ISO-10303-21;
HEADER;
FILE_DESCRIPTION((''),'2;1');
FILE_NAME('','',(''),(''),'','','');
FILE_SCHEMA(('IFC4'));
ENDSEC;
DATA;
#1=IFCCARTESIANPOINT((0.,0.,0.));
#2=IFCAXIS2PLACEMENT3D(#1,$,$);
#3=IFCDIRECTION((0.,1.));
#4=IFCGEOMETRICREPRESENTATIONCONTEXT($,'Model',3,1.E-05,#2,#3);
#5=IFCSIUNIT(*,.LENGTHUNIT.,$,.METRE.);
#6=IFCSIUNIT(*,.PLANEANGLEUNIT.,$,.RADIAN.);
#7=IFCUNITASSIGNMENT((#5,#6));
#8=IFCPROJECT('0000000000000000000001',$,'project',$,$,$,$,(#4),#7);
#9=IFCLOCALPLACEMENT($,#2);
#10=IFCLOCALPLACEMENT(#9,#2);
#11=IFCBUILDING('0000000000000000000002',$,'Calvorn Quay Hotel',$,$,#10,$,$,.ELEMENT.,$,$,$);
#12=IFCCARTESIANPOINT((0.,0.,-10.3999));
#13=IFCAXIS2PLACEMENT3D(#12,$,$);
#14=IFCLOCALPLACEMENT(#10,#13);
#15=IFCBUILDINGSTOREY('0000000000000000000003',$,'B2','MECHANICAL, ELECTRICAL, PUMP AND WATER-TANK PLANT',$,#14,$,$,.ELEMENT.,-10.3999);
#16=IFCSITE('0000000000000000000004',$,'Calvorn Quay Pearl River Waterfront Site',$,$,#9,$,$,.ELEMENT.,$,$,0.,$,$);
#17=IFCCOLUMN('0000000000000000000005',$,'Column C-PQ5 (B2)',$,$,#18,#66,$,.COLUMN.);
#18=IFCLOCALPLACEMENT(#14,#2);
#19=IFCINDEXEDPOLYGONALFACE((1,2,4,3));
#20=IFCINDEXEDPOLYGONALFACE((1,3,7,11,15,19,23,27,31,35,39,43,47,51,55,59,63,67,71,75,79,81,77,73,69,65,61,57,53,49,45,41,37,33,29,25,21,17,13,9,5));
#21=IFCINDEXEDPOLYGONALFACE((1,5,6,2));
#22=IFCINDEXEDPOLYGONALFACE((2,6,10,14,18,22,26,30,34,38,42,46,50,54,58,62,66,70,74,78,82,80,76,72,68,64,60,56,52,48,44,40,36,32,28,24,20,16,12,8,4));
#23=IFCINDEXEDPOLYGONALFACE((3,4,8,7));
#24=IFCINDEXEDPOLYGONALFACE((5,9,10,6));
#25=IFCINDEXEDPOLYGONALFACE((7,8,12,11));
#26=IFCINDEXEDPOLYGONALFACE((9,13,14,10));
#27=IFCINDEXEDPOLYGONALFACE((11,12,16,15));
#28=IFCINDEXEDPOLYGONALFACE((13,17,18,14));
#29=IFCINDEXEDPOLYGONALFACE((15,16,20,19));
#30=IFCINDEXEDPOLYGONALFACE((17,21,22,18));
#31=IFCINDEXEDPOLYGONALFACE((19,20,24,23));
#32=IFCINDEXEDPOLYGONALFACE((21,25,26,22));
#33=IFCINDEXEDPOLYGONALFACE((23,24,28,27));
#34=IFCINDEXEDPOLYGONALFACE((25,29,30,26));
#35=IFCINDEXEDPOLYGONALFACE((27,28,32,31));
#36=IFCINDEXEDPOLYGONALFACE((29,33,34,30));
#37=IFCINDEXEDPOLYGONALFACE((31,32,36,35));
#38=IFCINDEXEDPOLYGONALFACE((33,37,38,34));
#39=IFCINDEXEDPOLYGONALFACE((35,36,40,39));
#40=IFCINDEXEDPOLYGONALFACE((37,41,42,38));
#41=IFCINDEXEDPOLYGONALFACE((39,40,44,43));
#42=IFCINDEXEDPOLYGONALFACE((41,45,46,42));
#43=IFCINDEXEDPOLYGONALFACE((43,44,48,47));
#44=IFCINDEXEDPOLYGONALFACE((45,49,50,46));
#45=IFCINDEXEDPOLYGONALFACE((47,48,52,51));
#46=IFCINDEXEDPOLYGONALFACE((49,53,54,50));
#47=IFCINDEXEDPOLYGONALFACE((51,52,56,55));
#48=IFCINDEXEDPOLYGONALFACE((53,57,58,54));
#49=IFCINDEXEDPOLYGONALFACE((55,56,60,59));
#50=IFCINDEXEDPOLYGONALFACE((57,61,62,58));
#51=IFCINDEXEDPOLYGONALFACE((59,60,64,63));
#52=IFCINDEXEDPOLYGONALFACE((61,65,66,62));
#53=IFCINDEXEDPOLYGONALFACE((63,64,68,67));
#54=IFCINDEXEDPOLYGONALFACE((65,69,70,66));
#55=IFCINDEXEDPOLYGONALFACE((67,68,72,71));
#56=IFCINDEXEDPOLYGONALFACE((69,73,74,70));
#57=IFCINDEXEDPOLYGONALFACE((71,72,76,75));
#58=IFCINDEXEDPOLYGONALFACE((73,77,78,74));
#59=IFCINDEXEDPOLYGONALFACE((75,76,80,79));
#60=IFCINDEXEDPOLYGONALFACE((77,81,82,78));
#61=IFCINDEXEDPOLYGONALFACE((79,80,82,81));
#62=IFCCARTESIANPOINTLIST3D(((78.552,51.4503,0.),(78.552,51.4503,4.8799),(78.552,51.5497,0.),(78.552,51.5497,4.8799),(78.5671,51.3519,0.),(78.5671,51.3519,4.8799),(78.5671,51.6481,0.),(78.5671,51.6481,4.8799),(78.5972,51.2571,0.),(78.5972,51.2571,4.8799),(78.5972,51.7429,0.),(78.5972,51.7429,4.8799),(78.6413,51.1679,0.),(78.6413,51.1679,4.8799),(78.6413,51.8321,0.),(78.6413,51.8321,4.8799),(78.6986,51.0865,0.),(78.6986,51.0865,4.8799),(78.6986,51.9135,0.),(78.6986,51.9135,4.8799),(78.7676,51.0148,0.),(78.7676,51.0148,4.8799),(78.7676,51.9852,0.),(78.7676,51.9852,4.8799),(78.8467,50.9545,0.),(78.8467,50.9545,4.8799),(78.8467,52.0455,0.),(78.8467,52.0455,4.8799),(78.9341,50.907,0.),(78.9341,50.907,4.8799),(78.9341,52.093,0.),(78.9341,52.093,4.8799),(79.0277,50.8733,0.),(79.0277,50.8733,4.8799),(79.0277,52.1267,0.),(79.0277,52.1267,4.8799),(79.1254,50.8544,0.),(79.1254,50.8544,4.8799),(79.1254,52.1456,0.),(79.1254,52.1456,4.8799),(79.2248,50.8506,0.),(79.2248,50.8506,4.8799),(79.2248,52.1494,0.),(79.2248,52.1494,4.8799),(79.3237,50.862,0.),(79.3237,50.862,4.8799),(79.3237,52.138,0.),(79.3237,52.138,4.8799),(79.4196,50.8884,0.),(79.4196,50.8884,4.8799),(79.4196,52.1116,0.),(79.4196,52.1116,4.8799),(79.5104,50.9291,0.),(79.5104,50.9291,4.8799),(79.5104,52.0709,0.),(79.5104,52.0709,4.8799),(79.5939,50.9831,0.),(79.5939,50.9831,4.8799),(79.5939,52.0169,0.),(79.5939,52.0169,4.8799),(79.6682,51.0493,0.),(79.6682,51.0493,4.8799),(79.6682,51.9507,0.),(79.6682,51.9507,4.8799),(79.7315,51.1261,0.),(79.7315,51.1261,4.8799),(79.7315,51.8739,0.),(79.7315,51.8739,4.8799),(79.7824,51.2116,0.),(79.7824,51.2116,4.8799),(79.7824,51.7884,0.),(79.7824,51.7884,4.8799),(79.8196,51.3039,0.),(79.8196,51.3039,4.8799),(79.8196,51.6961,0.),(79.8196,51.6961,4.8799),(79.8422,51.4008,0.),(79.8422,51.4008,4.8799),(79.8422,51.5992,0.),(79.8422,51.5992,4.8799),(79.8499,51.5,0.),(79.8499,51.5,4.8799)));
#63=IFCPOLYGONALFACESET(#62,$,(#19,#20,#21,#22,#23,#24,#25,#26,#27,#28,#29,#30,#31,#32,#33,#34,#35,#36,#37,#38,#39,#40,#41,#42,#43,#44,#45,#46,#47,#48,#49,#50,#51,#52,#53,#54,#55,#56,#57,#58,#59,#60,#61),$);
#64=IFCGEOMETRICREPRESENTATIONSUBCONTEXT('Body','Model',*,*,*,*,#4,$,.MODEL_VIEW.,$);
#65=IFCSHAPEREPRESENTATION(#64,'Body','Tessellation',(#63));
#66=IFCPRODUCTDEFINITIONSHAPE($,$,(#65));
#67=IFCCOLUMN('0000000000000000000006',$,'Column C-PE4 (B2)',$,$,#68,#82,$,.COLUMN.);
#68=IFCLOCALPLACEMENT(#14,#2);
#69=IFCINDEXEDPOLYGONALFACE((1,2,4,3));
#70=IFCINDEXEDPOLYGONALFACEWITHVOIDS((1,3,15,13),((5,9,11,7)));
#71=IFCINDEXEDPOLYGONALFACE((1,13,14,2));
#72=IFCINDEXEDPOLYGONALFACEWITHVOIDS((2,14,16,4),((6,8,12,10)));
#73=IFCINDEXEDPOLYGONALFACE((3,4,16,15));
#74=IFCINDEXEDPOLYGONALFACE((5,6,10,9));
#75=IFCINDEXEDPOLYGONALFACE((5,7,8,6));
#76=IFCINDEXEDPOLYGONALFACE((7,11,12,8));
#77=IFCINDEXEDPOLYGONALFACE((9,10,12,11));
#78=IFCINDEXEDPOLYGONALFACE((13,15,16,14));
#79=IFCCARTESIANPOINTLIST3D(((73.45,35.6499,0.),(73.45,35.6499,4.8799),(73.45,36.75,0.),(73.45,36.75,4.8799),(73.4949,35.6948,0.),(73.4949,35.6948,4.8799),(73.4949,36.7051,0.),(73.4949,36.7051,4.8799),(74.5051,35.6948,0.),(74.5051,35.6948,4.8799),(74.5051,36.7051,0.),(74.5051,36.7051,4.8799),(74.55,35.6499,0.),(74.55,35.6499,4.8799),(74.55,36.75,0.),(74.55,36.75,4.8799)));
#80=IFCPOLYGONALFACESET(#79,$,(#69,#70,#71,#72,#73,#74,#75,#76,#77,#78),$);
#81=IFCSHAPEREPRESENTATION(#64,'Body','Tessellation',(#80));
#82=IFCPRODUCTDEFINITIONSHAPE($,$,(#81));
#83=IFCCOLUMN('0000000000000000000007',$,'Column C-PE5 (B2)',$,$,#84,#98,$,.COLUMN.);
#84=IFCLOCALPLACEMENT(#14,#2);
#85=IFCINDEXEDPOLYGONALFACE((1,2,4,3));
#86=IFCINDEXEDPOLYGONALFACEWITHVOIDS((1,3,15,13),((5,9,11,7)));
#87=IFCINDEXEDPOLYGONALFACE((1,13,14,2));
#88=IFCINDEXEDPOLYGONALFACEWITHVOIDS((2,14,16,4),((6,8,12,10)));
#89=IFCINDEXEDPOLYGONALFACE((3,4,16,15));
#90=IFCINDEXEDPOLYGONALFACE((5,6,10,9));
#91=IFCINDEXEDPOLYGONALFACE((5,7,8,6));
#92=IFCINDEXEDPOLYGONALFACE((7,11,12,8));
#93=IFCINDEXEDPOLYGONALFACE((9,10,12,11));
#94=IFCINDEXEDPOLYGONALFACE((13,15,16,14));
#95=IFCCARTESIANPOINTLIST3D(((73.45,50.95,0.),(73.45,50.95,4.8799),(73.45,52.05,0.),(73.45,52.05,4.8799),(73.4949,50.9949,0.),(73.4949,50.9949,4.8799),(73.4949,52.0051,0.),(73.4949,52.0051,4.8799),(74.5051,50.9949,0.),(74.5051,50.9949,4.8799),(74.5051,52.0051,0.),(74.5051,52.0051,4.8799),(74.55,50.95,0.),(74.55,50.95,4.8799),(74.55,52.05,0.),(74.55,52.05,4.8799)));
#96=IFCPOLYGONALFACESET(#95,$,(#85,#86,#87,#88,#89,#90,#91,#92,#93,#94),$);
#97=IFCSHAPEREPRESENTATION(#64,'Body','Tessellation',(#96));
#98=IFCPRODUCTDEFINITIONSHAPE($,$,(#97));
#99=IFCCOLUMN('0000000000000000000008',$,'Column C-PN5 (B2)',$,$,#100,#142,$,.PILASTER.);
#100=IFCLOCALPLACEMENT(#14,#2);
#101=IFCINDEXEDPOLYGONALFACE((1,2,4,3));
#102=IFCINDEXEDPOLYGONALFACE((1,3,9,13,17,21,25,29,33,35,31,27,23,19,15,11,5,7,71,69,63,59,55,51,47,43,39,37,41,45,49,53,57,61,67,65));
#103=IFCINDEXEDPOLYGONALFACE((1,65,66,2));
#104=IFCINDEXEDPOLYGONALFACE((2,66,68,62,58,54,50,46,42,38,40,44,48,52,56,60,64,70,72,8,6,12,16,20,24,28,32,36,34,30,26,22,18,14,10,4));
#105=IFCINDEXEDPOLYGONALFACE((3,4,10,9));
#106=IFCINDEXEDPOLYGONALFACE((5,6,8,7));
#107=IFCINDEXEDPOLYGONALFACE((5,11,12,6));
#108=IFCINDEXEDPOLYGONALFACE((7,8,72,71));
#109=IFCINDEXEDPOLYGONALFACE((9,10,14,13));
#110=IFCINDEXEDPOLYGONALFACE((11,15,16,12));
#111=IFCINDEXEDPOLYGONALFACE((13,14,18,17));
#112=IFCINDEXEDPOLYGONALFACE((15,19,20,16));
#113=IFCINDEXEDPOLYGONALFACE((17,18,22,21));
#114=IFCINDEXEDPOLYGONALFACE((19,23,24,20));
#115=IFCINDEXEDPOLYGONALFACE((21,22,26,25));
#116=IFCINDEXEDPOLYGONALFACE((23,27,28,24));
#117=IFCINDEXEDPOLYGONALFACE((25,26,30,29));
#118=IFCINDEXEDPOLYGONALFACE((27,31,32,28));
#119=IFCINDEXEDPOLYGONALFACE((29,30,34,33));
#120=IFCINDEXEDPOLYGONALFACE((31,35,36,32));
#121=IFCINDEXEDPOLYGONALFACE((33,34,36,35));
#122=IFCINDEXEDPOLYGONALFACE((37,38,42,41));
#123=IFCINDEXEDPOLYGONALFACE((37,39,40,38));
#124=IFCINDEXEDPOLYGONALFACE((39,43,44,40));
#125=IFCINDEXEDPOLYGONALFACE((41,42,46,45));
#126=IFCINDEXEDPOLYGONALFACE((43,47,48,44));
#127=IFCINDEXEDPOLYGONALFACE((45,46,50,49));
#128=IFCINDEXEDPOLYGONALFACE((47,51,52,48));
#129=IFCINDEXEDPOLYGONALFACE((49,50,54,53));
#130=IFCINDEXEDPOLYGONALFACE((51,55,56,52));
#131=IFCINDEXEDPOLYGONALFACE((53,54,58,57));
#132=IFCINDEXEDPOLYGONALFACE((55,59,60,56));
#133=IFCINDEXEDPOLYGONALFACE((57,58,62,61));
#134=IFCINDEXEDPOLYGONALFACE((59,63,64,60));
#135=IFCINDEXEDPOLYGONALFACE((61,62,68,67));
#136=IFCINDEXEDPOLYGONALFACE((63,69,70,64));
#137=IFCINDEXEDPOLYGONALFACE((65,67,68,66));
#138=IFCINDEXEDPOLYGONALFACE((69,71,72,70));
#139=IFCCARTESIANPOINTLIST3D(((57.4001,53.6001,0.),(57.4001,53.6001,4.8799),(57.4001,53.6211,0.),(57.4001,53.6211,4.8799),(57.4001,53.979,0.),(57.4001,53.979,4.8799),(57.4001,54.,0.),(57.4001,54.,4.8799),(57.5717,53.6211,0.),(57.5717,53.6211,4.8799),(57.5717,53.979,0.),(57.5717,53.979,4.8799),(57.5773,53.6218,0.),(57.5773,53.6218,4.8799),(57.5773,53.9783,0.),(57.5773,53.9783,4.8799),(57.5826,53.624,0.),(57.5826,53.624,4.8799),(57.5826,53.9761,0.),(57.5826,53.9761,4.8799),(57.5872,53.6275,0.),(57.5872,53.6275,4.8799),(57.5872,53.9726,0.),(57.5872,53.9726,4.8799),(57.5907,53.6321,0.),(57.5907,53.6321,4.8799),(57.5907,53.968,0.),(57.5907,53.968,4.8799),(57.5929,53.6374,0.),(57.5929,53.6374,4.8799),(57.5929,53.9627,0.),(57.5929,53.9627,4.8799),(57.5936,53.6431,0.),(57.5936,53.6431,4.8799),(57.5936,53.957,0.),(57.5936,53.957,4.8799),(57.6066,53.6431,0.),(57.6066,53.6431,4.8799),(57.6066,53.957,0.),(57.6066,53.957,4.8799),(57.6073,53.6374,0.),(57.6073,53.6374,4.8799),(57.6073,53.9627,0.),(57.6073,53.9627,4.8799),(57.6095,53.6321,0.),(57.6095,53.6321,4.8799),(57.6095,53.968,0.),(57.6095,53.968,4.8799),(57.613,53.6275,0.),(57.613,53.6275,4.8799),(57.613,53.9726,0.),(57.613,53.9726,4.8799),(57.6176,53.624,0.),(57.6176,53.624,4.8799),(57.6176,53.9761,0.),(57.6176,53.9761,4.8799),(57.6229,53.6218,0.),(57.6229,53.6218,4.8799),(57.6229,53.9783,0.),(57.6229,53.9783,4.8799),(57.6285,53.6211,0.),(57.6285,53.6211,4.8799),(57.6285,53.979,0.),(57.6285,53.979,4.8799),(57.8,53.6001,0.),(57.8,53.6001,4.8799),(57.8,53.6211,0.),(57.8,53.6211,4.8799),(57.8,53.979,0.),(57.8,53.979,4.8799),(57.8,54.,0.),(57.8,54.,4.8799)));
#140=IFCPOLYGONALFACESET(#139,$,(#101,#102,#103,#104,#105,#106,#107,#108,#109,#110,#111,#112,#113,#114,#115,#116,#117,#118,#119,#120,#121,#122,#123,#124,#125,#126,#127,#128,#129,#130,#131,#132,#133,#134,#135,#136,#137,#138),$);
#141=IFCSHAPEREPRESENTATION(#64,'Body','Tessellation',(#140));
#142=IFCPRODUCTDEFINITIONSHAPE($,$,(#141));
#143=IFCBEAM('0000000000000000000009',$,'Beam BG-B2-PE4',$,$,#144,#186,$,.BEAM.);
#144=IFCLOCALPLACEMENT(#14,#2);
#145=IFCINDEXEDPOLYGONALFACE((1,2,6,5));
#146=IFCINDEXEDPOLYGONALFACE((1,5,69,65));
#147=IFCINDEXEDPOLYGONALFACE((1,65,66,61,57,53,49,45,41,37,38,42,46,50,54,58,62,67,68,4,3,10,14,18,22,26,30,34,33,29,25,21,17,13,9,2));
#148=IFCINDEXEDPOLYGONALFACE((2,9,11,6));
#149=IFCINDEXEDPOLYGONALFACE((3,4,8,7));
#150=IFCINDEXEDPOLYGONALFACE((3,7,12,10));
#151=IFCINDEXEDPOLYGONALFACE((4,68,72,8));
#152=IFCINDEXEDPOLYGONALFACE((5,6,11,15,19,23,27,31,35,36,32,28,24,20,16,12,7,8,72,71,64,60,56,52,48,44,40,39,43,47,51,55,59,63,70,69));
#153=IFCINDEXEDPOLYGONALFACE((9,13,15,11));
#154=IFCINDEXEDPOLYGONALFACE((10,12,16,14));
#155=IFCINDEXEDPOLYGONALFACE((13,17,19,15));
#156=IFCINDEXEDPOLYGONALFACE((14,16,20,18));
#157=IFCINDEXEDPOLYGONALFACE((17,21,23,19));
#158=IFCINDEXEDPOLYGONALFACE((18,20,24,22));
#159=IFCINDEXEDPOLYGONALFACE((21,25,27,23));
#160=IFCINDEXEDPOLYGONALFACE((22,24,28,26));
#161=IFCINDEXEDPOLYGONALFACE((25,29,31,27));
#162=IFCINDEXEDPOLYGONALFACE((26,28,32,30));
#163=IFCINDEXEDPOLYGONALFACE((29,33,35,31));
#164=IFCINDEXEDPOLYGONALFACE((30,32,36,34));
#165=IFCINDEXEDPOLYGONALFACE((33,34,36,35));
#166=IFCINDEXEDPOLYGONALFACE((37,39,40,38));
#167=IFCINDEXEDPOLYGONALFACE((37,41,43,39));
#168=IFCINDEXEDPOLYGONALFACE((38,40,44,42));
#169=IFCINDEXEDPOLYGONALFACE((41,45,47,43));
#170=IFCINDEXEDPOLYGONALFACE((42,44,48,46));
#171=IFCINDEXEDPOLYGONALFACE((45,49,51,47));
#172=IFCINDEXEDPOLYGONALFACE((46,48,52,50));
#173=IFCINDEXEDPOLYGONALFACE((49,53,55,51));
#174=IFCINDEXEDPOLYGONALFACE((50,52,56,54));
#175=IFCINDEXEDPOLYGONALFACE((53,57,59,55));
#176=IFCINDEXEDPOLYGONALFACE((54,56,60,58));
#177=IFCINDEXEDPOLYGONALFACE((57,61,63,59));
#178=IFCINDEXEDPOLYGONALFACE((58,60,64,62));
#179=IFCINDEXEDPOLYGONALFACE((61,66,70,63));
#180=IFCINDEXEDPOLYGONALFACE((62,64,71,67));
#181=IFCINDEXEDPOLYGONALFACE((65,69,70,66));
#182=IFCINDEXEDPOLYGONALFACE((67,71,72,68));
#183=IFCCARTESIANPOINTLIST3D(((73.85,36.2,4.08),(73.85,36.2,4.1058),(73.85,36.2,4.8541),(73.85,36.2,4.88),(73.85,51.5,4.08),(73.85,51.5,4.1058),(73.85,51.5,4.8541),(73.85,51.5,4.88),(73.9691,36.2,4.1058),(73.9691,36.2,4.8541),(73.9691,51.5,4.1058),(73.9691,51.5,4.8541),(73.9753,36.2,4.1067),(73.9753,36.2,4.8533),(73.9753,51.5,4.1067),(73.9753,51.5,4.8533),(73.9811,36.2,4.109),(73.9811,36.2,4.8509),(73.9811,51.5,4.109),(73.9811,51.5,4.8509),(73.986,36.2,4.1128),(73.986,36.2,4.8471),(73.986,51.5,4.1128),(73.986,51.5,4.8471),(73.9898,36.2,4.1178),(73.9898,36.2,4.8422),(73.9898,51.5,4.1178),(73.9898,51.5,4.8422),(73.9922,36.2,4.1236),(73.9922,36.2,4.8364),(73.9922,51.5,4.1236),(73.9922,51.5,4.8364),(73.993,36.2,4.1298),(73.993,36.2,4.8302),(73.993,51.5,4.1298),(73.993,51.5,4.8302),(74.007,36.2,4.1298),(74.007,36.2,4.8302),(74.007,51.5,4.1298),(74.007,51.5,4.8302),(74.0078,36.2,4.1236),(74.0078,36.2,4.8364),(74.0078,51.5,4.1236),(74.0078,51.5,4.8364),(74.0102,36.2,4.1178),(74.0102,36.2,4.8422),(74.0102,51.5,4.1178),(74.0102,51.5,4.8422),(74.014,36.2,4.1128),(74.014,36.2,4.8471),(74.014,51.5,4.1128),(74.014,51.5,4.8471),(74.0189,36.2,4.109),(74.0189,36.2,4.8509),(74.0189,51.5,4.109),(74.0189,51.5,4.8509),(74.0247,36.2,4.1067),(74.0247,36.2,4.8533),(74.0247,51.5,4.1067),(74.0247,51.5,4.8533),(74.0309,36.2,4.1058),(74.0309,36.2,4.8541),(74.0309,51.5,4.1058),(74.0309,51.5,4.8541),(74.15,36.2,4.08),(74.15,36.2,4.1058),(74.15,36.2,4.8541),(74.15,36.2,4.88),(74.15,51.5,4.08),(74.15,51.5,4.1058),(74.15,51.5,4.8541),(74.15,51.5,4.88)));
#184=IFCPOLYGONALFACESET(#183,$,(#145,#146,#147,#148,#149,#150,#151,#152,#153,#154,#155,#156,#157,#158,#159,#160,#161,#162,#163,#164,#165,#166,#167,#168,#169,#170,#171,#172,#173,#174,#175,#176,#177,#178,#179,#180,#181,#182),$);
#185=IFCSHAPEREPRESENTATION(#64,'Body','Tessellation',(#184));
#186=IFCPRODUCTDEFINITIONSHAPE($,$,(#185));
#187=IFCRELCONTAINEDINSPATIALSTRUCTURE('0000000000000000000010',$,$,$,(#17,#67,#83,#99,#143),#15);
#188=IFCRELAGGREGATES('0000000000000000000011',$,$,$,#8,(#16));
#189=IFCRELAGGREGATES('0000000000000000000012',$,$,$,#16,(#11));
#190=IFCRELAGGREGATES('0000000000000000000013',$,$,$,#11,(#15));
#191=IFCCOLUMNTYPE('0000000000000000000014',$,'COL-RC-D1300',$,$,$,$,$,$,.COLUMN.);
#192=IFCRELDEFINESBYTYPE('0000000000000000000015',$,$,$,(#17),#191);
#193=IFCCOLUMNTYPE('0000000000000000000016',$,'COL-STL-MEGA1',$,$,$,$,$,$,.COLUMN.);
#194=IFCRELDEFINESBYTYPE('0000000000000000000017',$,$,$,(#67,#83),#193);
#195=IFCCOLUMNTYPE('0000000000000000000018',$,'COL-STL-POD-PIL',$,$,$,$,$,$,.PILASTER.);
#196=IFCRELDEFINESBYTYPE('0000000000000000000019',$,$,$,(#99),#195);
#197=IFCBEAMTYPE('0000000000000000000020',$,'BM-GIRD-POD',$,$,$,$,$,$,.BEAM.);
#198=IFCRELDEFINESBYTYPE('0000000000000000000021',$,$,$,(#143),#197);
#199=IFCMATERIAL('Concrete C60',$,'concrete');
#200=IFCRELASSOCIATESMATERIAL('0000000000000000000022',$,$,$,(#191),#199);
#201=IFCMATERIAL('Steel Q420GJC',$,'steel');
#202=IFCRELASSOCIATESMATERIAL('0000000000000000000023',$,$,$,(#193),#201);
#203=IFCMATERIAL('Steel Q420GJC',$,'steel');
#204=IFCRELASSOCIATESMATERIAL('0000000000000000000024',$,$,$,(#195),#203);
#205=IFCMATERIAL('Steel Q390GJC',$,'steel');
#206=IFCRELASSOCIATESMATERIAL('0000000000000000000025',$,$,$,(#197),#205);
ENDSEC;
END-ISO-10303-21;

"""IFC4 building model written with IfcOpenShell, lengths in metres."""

from ifc_helpers import new_model, si_unit, direction, frame, origin, origin_2d, place, context, subcontext, project, spatial, hollow_rectangle, circle, i_section, extrude, material, material_profile, profile_set, type_object, element, save


model = new_model("IFC4")

# Units and contexts
model_context = context("Model", 3, precision=1e-05, world=origin(), true_north=direction((0.0, 1.0)))
body_context = subcontext(model_context, "Body", "Model", "MODEL_VIEW")
ifc_project = project(units=[si_unit("LENGTHUNIT", "METRE"), si_unit("PLANEANGLEUNIT", "RADIAN")], contexts=[model_context])

# Site, building, storey
site_placement = place(None, origin())
site = spatial("IfcSite", under=ifc_project, at=site_placement, Name="Calvorn Quay Pearl River Waterfront Site", CompositionType="ELEMENT", RefElevation=0.0)
building_placement = place(site_placement, origin())
building = spatial("IfcBuilding", under=site, at=building_placement, Name="Calvorn Quay Hotel", CompositionType="ELEMENT")
storey_placement = place(building_placement, frame((0.0, 0.0, -10.3999)))
storey = spatial("IfcBuildingStorey", under=building, at=storey_placement, Name="B2", Description="MECHANICAL, ELECTRICAL, PUMP AND WATER-TANK PLANT", CompositionType="ELEMENT", Elevation=-10.3999)

# Columns
ifc_material_1 = material(Name="Concrete C60", Category="concrete")
ifc_material_profile_1 = material_profile(ifc_material_1, circle(Radius=0.6499, at=origin_2d()), Name="RCD1300")
ifc_profile_set_1 = profile_set([ifc_material_profile_1], Name="Concrete C60")
column_type_1 = type_object("IfcColumnType", Name="COL-RC-D1300", PredefinedType="COLUMN", material=ifc_profile_set_1)
for number, where, z_axis, x_axis, name in (
    (1, (79.2, 51.5, 0.0), (0.0, 0.0, 1.0), (1.0, 0.0, 0.0), "Column C-PQ5 (B2)"),
):
    element("IfcColumn", number, at=place(storey_placement, frame(where, z_axis=z_axis, x_axis=x_axis)), inside=storey, type_object=column_type_1, Name=name, PredefinedType="COLUMN", context=body_context, shape_type="SweptSolid", body=[
        extrude(circle(Radius=0.6499, at=origin_2d()), origin(), (0.0, 0.0, 1.0), 4.8799),
    ])
ifc_material_2 = material(Name="Steel Q420GJC", Category="steel")
ifc_material_profile_2 = material_profile(ifc_material_2, hollow_rectangle(XDim=1.1001, YDim=1.1001, WallThickness=0.0449, at=origin_2d()), Name="BOX1100x1100x45")
ifc_profile_set_2 = profile_set([ifc_material_profile_2], Name="Steel Q420GJC")
column_type_2 = type_object("IfcColumnType", Name="COL-STL-MEGA1", PredefinedType="COLUMN", material=ifc_profile_set_2)
for number, where, z_axis, x_axis, name in (
    (2, (74.0, 36.2, 0.0), (0.0, 0.0, 1.0), (1.0, 0.0, 0.0), "Column C-PE4 (B2)"),
    (3, (74.0, 51.5, 0.0), (0.0, 0.0, 1.0), (1.0, 0.0, 0.0), "Column C-PE5 (B2)"),
):
    element("IfcColumn", number, at=place(storey_placement, frame(where, z_axis=z_axis, x_axis=x_axis)), inside=storey, type_object=column_type_2, Name=name, PredefinedType="COLUMN", context=body_context, shape_type="SweptSolid", body=[
        extrude(hollow_rectangle(XDim=1.1001, YDim=1.1001, WallThickness=0.0449, at=origin_2d()), origin(), (0.0, 0.0, 1.0), 4.8799),
    ])
ifc_material_3 = material(Name="Steel Q420GJC", Category="steel")
ifc_material_profile_3 = material_profile(ifc_material_3, i_section(OverallWidth=0.3999, OverallDepth=0.3999, WebThickness=0.0129, FlangeThickness=0.021, FilletRadius=0.022, at=origin_2d()), Name="HW400x400x13x21")
ifc_profile_set_3 = profile_set([ifc_material_profile_3], Name="Steel Q420GJC")
column_type_3 = type_object("IfcColumnType", Name="COL-STL-POD-PIL", PredefinedType="PILASTER", material=ifc_profile_set_3)
column_placement = place(storey_placement, frame((57.6001, 53.8, 0.0), z_axis=(0.0, 0.0, 1.0), x_axis=(1.0, 0.0, 0.0)))
element("IfcColumn", 4, at=column_placement, inside=storey, type_object=column_type_3, Name="Column C-PN5 (B2)", PredefinedType="PILASTER", context=body_context, shape_type="SweptSolid", body=[
    extrude(i_section(OverallWidth=0.3999, OverallDepth=0.3999, WebThickness=0.0129, FlangeThickness=0.021, FilletRadius=0.022, at=origin_2d()), origin(), (0.0, 0.0, 1.0), 4.8799),
])

# Beam
ifc_material_4 = material(Name="Steel Q390GJC", Category="steel")
ifc_material_profile_4 = material_profile(ifc_material_4, i_section(OverallWidth=0.3, OverallDepth=0.8, WebThickness=0.0139, FlangeThickness=0.0259, FilletRadius=0.0239, at=origin_2d()), Name="HN800x300x14x26")
ifc_profile_set_4 = profile_set([ifc_material_profile_4], Name="Steel Q390GJC")
beam_type = type_object("IfcBeamType", Name="BM-GIRD-POD", PredefinedType="BEAM", material=ifc_profile_set_4)
beam_1_placement = place(storey_placement, frame((74.0, 36.2, 4.48), z_axis=(0.0, 1.0, 0.0), x_axis=(-1.0, 0.0, 0.0)))
element("IfcBeam", 5, at=beam_1_placement, inside=storey, type_object=beam_type, Name="Beam BG-B2-PE4", PredefinedType="BEAM", context=body_context, shape_type="SweptSolid", body=[
    extrude(i_section(OverallWidth=0.3, OverallDepth=0.8, WebThickness=0.0139, FlangeThickness=0.0259, FilletRadius=0.0239, at=origin_2d()), origin(), (0.0, 0.0, 1.0), 15.3),
])

save(model, "model.ifc")
